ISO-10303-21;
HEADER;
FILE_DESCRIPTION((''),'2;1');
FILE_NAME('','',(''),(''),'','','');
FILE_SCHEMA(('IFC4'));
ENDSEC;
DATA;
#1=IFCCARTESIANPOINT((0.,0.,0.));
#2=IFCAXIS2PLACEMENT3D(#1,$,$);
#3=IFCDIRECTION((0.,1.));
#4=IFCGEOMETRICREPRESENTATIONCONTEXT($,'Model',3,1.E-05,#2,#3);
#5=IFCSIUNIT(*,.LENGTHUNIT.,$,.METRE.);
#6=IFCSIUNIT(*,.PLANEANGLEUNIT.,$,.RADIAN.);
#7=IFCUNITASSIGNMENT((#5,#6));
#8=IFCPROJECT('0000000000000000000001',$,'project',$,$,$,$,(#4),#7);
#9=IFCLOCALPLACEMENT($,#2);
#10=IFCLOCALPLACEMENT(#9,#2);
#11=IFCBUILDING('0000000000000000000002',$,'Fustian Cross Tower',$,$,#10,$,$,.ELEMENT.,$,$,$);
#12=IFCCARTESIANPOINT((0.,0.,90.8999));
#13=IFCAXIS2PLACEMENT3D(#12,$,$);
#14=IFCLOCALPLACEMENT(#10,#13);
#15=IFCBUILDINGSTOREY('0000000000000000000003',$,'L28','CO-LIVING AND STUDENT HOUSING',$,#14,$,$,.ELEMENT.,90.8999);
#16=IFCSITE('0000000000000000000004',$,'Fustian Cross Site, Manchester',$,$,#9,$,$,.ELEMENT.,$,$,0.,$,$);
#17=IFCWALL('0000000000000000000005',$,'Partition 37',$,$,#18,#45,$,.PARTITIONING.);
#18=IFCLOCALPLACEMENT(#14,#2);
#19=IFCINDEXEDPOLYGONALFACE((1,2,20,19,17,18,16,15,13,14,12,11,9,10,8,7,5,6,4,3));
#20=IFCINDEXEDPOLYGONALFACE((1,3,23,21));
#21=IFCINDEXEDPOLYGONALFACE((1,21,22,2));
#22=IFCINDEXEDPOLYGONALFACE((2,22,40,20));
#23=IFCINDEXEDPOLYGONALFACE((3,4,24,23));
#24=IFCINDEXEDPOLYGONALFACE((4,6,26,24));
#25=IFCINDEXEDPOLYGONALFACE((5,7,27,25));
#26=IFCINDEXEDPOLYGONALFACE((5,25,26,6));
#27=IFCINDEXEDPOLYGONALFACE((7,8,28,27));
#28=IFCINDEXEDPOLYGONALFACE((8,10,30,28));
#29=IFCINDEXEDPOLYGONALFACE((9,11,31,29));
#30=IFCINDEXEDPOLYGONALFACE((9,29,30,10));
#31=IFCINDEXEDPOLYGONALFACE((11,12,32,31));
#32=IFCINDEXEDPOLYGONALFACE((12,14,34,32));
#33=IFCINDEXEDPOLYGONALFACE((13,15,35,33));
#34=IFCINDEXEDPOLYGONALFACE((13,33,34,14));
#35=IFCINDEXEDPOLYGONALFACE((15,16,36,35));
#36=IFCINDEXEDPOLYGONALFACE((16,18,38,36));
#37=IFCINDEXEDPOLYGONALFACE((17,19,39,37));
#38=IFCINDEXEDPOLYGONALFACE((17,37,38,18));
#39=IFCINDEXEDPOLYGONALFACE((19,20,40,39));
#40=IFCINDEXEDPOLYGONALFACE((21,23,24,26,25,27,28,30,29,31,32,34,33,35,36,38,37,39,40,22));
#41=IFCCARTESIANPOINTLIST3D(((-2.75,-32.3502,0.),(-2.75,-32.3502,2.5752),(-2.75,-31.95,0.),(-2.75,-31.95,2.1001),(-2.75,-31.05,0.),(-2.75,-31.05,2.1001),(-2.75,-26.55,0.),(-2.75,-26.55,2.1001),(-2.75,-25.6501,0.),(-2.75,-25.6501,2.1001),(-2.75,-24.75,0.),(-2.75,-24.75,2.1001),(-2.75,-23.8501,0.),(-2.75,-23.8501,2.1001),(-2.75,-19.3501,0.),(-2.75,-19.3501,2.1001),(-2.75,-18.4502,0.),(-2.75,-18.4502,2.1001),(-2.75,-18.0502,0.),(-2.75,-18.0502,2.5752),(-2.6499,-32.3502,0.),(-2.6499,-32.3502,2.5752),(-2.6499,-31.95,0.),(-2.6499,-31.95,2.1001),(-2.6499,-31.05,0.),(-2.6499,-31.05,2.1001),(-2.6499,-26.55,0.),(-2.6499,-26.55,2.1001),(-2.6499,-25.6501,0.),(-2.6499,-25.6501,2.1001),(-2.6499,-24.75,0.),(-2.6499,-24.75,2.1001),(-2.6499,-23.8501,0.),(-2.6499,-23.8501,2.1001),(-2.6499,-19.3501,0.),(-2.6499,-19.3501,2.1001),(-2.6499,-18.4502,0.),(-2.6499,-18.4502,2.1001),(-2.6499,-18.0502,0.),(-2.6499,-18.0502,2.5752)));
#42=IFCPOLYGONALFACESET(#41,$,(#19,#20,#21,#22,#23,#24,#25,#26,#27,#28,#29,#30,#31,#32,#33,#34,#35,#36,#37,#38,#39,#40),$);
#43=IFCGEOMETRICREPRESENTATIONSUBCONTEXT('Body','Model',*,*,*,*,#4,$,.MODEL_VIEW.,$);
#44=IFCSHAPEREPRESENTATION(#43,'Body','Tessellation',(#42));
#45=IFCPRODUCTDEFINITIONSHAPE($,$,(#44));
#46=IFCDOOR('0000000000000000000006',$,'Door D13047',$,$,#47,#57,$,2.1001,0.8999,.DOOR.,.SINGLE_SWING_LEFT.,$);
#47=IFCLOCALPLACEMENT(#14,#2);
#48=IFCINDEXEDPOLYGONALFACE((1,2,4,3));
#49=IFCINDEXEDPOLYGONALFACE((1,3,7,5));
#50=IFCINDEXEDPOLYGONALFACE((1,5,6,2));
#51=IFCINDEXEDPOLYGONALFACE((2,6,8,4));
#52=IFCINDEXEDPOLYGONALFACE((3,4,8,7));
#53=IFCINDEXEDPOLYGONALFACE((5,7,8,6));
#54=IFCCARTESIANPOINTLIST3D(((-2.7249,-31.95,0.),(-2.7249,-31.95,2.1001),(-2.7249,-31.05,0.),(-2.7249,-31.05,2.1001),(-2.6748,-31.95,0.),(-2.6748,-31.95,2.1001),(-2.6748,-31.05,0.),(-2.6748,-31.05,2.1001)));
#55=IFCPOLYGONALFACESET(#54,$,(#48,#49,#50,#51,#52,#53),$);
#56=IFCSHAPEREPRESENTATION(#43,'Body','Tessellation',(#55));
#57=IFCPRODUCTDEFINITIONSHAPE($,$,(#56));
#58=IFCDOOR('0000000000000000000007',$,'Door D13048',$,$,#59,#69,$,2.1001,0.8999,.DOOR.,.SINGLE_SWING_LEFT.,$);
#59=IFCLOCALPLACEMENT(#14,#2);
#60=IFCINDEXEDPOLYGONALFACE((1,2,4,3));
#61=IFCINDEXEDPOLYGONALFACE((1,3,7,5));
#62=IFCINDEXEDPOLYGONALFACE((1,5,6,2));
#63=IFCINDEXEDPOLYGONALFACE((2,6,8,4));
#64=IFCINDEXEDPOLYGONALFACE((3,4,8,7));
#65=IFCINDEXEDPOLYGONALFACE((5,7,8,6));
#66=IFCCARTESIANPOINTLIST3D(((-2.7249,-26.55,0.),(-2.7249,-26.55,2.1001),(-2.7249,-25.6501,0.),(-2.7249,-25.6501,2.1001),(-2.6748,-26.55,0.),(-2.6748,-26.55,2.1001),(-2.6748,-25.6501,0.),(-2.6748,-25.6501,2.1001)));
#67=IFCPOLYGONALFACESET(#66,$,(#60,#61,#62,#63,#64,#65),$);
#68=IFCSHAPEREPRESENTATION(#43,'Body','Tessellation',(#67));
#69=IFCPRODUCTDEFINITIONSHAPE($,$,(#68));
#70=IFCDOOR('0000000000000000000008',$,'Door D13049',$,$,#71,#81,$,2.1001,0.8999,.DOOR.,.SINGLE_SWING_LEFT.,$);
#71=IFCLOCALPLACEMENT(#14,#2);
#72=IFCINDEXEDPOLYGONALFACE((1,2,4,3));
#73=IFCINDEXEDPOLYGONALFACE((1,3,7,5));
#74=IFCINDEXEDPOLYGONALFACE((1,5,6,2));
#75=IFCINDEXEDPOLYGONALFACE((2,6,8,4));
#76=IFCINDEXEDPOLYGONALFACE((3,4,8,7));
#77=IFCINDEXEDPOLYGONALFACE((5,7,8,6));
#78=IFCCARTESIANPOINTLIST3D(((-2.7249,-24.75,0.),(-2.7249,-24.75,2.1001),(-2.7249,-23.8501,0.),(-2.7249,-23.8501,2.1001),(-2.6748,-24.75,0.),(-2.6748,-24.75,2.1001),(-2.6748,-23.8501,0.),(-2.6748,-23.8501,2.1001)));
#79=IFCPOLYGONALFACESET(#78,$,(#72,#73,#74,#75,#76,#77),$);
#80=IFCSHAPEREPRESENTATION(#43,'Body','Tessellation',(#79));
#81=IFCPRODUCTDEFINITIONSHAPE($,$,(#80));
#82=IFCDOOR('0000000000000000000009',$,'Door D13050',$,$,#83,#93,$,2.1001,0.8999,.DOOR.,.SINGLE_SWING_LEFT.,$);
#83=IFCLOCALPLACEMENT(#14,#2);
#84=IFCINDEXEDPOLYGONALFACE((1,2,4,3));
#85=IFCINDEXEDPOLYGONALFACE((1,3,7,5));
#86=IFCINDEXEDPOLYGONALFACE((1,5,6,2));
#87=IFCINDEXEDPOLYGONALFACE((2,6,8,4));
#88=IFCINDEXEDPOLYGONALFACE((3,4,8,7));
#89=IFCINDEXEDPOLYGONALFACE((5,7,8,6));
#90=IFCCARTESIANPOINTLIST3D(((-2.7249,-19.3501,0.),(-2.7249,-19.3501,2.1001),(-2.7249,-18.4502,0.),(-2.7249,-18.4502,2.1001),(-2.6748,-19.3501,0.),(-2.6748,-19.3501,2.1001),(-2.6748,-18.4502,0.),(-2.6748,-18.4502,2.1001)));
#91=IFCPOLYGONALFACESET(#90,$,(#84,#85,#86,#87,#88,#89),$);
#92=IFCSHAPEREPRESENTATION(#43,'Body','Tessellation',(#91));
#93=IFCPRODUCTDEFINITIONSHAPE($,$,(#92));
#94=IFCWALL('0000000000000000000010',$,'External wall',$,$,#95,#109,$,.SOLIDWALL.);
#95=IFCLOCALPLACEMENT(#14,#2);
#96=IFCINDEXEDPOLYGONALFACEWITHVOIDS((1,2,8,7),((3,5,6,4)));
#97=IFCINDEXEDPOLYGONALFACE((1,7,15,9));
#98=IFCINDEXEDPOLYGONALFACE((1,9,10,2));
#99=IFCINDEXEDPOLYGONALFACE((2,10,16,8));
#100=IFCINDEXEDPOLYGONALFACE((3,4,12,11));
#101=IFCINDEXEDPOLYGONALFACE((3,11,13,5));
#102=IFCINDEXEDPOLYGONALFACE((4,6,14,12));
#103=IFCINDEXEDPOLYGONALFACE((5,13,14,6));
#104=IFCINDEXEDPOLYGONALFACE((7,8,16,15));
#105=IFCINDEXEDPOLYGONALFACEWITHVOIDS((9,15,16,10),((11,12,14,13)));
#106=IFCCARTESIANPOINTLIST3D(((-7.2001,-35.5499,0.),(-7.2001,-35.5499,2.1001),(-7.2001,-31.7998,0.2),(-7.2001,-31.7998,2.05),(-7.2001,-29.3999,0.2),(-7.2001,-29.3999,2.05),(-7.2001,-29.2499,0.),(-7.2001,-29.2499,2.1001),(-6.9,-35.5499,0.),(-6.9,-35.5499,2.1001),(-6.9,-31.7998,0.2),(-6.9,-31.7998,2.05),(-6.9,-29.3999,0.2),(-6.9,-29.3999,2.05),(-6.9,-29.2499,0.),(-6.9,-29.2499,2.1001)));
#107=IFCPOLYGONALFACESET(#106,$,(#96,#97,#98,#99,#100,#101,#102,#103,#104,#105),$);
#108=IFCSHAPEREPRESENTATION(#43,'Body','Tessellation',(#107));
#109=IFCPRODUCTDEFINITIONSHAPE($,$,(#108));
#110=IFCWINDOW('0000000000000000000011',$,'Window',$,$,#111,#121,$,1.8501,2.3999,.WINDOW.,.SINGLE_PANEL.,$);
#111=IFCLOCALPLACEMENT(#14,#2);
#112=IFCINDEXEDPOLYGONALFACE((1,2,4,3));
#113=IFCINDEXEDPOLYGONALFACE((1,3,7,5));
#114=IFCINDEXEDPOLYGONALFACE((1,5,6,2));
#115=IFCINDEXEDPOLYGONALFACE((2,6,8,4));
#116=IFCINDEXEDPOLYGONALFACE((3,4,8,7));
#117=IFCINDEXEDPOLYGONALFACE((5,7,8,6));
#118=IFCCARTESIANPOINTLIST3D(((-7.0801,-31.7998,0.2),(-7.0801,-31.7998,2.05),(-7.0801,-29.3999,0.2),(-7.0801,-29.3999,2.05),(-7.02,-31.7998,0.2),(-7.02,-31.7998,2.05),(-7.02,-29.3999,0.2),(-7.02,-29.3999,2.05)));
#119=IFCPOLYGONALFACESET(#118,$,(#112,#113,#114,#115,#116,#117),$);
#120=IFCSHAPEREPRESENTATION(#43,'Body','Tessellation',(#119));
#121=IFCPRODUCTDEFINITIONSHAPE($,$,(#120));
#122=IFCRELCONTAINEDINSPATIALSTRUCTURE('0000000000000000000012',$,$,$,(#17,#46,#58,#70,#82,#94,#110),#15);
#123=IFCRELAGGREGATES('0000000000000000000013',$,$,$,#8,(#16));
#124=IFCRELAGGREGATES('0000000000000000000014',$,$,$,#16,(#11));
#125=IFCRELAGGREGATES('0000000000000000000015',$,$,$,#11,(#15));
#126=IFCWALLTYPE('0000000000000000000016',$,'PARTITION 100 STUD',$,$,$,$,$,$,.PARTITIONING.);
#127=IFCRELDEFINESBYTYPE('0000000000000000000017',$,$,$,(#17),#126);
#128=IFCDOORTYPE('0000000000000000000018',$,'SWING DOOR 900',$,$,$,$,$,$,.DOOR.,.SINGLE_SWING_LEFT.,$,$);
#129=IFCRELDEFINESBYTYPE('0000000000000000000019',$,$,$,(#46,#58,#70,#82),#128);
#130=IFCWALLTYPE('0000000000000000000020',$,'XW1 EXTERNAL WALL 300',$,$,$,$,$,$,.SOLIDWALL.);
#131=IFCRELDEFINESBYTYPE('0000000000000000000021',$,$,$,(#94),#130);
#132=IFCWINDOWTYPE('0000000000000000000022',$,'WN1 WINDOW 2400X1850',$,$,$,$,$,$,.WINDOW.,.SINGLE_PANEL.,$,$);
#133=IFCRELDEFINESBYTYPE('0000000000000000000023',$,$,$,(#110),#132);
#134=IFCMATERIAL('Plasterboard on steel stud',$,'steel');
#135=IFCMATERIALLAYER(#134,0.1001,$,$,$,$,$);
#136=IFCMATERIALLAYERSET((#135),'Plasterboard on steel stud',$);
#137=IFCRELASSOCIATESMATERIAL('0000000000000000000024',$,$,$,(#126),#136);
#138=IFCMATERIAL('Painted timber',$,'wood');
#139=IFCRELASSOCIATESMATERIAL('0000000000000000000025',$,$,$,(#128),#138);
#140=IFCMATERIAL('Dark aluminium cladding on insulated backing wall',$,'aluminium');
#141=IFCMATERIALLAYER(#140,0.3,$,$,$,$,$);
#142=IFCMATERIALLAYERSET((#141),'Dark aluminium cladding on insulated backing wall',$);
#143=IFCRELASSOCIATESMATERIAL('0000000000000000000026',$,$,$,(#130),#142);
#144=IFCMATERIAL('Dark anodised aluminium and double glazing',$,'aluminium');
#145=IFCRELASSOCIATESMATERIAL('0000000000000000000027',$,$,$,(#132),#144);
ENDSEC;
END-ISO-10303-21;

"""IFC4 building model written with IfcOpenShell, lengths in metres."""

from ifc_helpers import new_model, si_unit, direction, frame, frame_2d, origin, place, context, subcontext, project, spatial, rectangle, extrude, material, layer, layer_set, type_object, element, fill, save


model = new_model("IFC4")

# Units and contexts
model_context = context("Model", 3, precision=1e-05, world=origin(), true_north=direction((0.0, 1.0)))
body_context = subcontext(model_context, "Body", "Model", "MODEL_VIEW")
ifc_project = project(units=[si_unit("LENGTHUNIT", "METRE"), si_unit("PLANEANGLEUNIT", "RADIAN")], contexts=[model_context])

# Site, building, storey
site_placement = place(None, origin())
site = spatial("IfcSite", under=ifc_project, at=site_placement, Name="Fustian Cross Site, Manchester", CompositionType="ELEMENT", RefElevation=0.0)
building_placement = place(site_placement, origin())
building = spatial("IfcBuilding", under=site, at=building_placement, Name="Fustian Cross Tower", CompositionType="ELEMENT")
storey_placement = place(building_placement, frame((0.0, 0.0, 90.8999)))
storey = spatial("IfcBuildingStorey", under=building, at=storey_placement, Name="L28", Description="CO-LIVING AND STUDENT HOUSING", CompositionType="ELEMENT", Elevation=90.8999)

# Shared definitions
ifc_material_1 = material(Name="Plasterboard on steel stud", Category="steel")
ifc_layer_1 = layer(ifc_material_1, 0.1001)
ifc_layer_set_1 = layer_set([ifc_layer_1], Name="Plasterboard on steel stud")
wall_type_1 = type_object("IfcWallType", Name="PARTITION 100 STUD", PredefinedType="PARTITIONING", material=ifc_layer_set_1)

# Shared definitions
ifc_material_2 = material(Name="Painted timber", Category="wood")
door_type_1 = type_object("IfcDoorType", Name="SWING DOOR 900", OperationType="SINGLE_SWING_LEFT", PredefinedType="DOOR", material=ifc_material_2)

# Wall, openings, doors
wall_1_placement = place(storey_placement, frame((-2.7, -32.3501, 0.0), z_axis=(0.0, 0.0, 1.0), x_axis=(0.0, 1.0, 0.0)))
wall_1 = element("IfcWall", 1, at=wall_1_placement, inside=storey, type_object=wall_type_1, Name="Partition 37", PredefinedType="PARTITIONING", context=body_context, shape_type="SweptSolid", body=[
    extrude(rectangle(XDim=14.3, YDim=0.1001, at=frame_2d((7.1499, 0.0))), origin(), (0.0, 0.0, 1.0), 2.5752),
])
opening_1_placement = place(wall_1_placement, frame((0.4001, 0.0, 0.0)))
opening_1 = element("IfcOpeningElement", 2, at=opening_1_placement, cuts=wall_1, PredefinedType="OPENING", context=body_context, shape_type="SweptSolid", body=[
    extrude(rectangle(XDim=0.8999, YDim=2.1001, at=frame_2d((0.45, 1.05))), frame((0.0, 0.0601, 0.0), z_axis=(0.0, -1.0, 0.0), x_axis=(1.0, 0.0, 0.0)), (0.0, 0.0, 1.0), 0.1201),
])
opening_2_placement = place(wall_1_placement, frame((5.8, 0.0, 0.0)))
opening_2 = element("IfcOpeningElement", 3, at=opening_2_placement, cuts=wall_1, PredefinedType="OPENING", context=body_context, shape_type="SweptSolid", body=[
    extrude(rectangle(XDim=0.8999, YDim=2.1001, at=frame_2d((0.45, 1.05))), frame((0.0, 0.0601, 0.0), z_axis=(0.0, -1.0, 0.0), x_axis=(1.0, 0.0, 0.0)), (0.0, 0.0, 1.0), 0.1201),
])
opening_3_placement = place(wall_1_placement, frame((7.6001, 0.0, 0.0)))
opening_3 = element("IfcOpeningElement", 4, at=opening_3_placement, cuts=wall_1, PredefinedType="OPENING", context=body_context, shape_type="SweptSolid", body=[
    extrude(rectangle(XDim=0.8999, YDim=2.1001, at=frame_2d((0.45, 1.05))), frame((0.0, 0.0601, 0.0), z_axis=(0.0, -1.0, 0.0), x_axis=(1.0, 0.0, 0.0)), (0.0, 0.0, 1.0), 0.1201),
])
opening_4_placement = place(wall_1_placement, frame((13.0, 0.0, 0.0)))
opening_4 = element("IfcOpeningElement", 5, at=opening_4_placement, cuts=wall_1, PredefinedType="OPENING", context=body_context, shape_type="SweptSolid", body=[
    extrude(rectangle(XDim=0.8999, YDim=2.1001, at=frame_2d((0.45, 1.05))), frame((0.0, 0.0601, 0.0), z_axis=(0.0, -1.0, 0.0), x_axis=(1.0, 0.0, 0.0)), (0.0, 0.0, 1.0), 0.1201),
])
door_1_placement = place(opening_1_placement, origin())
door_1 = element("IfcDoor", 6, at=door_1_placement, inside=storey, type_object=door_type_1, Name="Door D13047", OperationType="SINGLE_SWING_LEFT", OverallHeight=2.1001, OverallWidth=0.8999, PredefinedType="DOOR", context=body_context, shape_type="SweptSolid", body=[
    extrude(rectangle(XDim=0.8999, YDim=2.1001, at=frame_2d((0.45, 1.05))), frame((0.0, 0.0249, 0.0), z_axis=(0.0, -1.0, 0.0), x_axis=(1.0, 0.0, 0.0)), (0.0, 0.0, 1.0), 0.05),
])
fill(opening_1, door_1)
door_2_placement = place(opening_2_placement, origin())
door_2 = element("IfcDoor", 7, at=door_2_placement, inside=storey, type_object=door_type_1, Name="Door D13048", OperationType="SINGLE_SWING_LEFT", OverallHeight=2.1001, OverallWidth=0.8999, PredefinedType="DOOR", context=body_context, shape_type="SweptSolid", body=[
    extrude(rectangle(XDim=0.8999, YDim=2.1001, at=frame_2d((0.45, 1.05))), frame((0.0, 0.0249, 0.0), z_axis=(0.0, -1.0, 0.0), x_axis=(1.0, 0.0, 0.0)), (0.0, 0.0, 1.0), 0.05),
])
fill(opening_2, door_2)
door_3_placement = place(opening_3_placement, origin())
door_3 = element("IfcDoor", 8, at=door_3_placement, inside=storey, type_object=door_type_1, Name="Door D13049", OperationType="SINGLE_SWING_LEFT", OverallHeight=2.1001, OverallWidth=0.8999, PredefinedType="DOOR", context=body_context, shape_type="SweptSolid", body=[
    extrude(rectangle(XDim=0.8999, YDim=2.1001, at=frame_2d((0.45, 1.05))), frame((0.0, 0.0249, 0.0), z_axis=(0.0, -1.0, 0.0), x_axis=(1.0, 0.0, 0.0)), (0.0, 0.0, 1.0), 0.05),
])
fill(opening_3, door_3)
door_4_placement = place(opening_4_placement, origin())
door_4 = element("IfcDoor", 9, at=door_4_placement, inside=storey, type_object=door_type_1, Name="Door D13050", OperationType="SINGLE_SWING_LEFT", OverallHeight=2.1001, OverallWidth=0.8999, PredefinedType="DOOR", context=body_context, shape_type="SweptSolid", body=[
    extrude(rectangle(XDim=0.8999, YDim=2.1001, at=frame_2d((0.45, 1.05))), frame((0.0, 0.0249, 0.0), z_axis=(0.0, -1.0, 0.0), x_axis=(1.0, 0.0, 0.0)), (0.0, 0.0, 1.0), 0.05),
])
fill(opening_4, door_4)

# Wall, opening, window
ifc_material_3 = material(Name="Dark aluminium cladding on insulated backing wall", Category="aluminium")
ifc_layer_2 = layer(ifc_material_3, 0.3)
ifc_layer_set_2 = layer_set([ifc_layer_2], Name="Dark aluminium cladding on insulated backing wall")
wall_type_2 = type_object("IfcWallType", Name="XW1 EXTERNAL WALL 300", PredefinedType="SOLIDWALL", material=ifc_layer_set_2)
wall_2_placement = place(storey_placement, frame((-7.05, -29.25, 0.0), z_axis=(0.0, 0.0, 1.0), x_axis=(0.0, -1.0, 0.0)))
wall_2 = element("IfcWall", 10, at=wall_2_placement, inside=storey, type_object=wall_type_2, Name="External wall", PredefinedType="SOLIDWALL", context=body_context, shape_type="SweptSolid", body=[
    extrude(rectangle(XDim=6.3, YDim=0.3, at=frame_2d((3.1499, 0.0))), origin(), (0.0, 0.0, 1.0), 2.1001),
])
opening_5_placement = place(wall_2_placement, frame((0.1499, 0.0, 0.2)))
opening_5 = element("IfcOpeningElement", 11, at=opening_5_placement, cuts=wall_2, PredefinedType="OPENING", context=body_context, shape_type="SweptSolid", body=[
    extrude(rectangle(XDim=2.3999, YDim=1.8501, at=frame_2d((1.2, 0.925))), frame((0.0, 0.1599, 0.0), z_axis=(0.0, -1.0, 0.0), x_axis=(1.0, 0.0, 0.0)), (0.0, 0.0, 1.0), 0.3201),
])
ifc_material_4 = material(Name="Dark anodised aluminium and double glazing", Category="aluminium")
window_type = type_object("IfcWindowType", Name="WN1 WINDOW 2400X1850", PartitioningType="SINGLE_PANEL", PredefinedType="WINDOW", material=ifc_material_4)
window_placement = place(opening_5_placement, origin())
window = element("IfcWindow", 12, at=window_placement, inside=storey, type_object=window_type, Name="Window", OverallHeight=1.8501, OverallWidth=2.3999, PartitioningType="SINGLE_PANEL", PredefinedType="WINDOW", context=body_context, shape_type="SweptSolid", body=[
    extrude(rectangle(XDim=2.3999, YDim=1.8501, at=frame_2d((1.2, 0.925))), frame((0.0, 0.03, 0.0), z_axis=(0.0, -1.0, 0.0), x_axis=(1.0, 0.0, 0.0)), (0.0, 0.0, 1.0), 0.0601),
])
fill(opening_5, window)

save(model, "model.ifc")
